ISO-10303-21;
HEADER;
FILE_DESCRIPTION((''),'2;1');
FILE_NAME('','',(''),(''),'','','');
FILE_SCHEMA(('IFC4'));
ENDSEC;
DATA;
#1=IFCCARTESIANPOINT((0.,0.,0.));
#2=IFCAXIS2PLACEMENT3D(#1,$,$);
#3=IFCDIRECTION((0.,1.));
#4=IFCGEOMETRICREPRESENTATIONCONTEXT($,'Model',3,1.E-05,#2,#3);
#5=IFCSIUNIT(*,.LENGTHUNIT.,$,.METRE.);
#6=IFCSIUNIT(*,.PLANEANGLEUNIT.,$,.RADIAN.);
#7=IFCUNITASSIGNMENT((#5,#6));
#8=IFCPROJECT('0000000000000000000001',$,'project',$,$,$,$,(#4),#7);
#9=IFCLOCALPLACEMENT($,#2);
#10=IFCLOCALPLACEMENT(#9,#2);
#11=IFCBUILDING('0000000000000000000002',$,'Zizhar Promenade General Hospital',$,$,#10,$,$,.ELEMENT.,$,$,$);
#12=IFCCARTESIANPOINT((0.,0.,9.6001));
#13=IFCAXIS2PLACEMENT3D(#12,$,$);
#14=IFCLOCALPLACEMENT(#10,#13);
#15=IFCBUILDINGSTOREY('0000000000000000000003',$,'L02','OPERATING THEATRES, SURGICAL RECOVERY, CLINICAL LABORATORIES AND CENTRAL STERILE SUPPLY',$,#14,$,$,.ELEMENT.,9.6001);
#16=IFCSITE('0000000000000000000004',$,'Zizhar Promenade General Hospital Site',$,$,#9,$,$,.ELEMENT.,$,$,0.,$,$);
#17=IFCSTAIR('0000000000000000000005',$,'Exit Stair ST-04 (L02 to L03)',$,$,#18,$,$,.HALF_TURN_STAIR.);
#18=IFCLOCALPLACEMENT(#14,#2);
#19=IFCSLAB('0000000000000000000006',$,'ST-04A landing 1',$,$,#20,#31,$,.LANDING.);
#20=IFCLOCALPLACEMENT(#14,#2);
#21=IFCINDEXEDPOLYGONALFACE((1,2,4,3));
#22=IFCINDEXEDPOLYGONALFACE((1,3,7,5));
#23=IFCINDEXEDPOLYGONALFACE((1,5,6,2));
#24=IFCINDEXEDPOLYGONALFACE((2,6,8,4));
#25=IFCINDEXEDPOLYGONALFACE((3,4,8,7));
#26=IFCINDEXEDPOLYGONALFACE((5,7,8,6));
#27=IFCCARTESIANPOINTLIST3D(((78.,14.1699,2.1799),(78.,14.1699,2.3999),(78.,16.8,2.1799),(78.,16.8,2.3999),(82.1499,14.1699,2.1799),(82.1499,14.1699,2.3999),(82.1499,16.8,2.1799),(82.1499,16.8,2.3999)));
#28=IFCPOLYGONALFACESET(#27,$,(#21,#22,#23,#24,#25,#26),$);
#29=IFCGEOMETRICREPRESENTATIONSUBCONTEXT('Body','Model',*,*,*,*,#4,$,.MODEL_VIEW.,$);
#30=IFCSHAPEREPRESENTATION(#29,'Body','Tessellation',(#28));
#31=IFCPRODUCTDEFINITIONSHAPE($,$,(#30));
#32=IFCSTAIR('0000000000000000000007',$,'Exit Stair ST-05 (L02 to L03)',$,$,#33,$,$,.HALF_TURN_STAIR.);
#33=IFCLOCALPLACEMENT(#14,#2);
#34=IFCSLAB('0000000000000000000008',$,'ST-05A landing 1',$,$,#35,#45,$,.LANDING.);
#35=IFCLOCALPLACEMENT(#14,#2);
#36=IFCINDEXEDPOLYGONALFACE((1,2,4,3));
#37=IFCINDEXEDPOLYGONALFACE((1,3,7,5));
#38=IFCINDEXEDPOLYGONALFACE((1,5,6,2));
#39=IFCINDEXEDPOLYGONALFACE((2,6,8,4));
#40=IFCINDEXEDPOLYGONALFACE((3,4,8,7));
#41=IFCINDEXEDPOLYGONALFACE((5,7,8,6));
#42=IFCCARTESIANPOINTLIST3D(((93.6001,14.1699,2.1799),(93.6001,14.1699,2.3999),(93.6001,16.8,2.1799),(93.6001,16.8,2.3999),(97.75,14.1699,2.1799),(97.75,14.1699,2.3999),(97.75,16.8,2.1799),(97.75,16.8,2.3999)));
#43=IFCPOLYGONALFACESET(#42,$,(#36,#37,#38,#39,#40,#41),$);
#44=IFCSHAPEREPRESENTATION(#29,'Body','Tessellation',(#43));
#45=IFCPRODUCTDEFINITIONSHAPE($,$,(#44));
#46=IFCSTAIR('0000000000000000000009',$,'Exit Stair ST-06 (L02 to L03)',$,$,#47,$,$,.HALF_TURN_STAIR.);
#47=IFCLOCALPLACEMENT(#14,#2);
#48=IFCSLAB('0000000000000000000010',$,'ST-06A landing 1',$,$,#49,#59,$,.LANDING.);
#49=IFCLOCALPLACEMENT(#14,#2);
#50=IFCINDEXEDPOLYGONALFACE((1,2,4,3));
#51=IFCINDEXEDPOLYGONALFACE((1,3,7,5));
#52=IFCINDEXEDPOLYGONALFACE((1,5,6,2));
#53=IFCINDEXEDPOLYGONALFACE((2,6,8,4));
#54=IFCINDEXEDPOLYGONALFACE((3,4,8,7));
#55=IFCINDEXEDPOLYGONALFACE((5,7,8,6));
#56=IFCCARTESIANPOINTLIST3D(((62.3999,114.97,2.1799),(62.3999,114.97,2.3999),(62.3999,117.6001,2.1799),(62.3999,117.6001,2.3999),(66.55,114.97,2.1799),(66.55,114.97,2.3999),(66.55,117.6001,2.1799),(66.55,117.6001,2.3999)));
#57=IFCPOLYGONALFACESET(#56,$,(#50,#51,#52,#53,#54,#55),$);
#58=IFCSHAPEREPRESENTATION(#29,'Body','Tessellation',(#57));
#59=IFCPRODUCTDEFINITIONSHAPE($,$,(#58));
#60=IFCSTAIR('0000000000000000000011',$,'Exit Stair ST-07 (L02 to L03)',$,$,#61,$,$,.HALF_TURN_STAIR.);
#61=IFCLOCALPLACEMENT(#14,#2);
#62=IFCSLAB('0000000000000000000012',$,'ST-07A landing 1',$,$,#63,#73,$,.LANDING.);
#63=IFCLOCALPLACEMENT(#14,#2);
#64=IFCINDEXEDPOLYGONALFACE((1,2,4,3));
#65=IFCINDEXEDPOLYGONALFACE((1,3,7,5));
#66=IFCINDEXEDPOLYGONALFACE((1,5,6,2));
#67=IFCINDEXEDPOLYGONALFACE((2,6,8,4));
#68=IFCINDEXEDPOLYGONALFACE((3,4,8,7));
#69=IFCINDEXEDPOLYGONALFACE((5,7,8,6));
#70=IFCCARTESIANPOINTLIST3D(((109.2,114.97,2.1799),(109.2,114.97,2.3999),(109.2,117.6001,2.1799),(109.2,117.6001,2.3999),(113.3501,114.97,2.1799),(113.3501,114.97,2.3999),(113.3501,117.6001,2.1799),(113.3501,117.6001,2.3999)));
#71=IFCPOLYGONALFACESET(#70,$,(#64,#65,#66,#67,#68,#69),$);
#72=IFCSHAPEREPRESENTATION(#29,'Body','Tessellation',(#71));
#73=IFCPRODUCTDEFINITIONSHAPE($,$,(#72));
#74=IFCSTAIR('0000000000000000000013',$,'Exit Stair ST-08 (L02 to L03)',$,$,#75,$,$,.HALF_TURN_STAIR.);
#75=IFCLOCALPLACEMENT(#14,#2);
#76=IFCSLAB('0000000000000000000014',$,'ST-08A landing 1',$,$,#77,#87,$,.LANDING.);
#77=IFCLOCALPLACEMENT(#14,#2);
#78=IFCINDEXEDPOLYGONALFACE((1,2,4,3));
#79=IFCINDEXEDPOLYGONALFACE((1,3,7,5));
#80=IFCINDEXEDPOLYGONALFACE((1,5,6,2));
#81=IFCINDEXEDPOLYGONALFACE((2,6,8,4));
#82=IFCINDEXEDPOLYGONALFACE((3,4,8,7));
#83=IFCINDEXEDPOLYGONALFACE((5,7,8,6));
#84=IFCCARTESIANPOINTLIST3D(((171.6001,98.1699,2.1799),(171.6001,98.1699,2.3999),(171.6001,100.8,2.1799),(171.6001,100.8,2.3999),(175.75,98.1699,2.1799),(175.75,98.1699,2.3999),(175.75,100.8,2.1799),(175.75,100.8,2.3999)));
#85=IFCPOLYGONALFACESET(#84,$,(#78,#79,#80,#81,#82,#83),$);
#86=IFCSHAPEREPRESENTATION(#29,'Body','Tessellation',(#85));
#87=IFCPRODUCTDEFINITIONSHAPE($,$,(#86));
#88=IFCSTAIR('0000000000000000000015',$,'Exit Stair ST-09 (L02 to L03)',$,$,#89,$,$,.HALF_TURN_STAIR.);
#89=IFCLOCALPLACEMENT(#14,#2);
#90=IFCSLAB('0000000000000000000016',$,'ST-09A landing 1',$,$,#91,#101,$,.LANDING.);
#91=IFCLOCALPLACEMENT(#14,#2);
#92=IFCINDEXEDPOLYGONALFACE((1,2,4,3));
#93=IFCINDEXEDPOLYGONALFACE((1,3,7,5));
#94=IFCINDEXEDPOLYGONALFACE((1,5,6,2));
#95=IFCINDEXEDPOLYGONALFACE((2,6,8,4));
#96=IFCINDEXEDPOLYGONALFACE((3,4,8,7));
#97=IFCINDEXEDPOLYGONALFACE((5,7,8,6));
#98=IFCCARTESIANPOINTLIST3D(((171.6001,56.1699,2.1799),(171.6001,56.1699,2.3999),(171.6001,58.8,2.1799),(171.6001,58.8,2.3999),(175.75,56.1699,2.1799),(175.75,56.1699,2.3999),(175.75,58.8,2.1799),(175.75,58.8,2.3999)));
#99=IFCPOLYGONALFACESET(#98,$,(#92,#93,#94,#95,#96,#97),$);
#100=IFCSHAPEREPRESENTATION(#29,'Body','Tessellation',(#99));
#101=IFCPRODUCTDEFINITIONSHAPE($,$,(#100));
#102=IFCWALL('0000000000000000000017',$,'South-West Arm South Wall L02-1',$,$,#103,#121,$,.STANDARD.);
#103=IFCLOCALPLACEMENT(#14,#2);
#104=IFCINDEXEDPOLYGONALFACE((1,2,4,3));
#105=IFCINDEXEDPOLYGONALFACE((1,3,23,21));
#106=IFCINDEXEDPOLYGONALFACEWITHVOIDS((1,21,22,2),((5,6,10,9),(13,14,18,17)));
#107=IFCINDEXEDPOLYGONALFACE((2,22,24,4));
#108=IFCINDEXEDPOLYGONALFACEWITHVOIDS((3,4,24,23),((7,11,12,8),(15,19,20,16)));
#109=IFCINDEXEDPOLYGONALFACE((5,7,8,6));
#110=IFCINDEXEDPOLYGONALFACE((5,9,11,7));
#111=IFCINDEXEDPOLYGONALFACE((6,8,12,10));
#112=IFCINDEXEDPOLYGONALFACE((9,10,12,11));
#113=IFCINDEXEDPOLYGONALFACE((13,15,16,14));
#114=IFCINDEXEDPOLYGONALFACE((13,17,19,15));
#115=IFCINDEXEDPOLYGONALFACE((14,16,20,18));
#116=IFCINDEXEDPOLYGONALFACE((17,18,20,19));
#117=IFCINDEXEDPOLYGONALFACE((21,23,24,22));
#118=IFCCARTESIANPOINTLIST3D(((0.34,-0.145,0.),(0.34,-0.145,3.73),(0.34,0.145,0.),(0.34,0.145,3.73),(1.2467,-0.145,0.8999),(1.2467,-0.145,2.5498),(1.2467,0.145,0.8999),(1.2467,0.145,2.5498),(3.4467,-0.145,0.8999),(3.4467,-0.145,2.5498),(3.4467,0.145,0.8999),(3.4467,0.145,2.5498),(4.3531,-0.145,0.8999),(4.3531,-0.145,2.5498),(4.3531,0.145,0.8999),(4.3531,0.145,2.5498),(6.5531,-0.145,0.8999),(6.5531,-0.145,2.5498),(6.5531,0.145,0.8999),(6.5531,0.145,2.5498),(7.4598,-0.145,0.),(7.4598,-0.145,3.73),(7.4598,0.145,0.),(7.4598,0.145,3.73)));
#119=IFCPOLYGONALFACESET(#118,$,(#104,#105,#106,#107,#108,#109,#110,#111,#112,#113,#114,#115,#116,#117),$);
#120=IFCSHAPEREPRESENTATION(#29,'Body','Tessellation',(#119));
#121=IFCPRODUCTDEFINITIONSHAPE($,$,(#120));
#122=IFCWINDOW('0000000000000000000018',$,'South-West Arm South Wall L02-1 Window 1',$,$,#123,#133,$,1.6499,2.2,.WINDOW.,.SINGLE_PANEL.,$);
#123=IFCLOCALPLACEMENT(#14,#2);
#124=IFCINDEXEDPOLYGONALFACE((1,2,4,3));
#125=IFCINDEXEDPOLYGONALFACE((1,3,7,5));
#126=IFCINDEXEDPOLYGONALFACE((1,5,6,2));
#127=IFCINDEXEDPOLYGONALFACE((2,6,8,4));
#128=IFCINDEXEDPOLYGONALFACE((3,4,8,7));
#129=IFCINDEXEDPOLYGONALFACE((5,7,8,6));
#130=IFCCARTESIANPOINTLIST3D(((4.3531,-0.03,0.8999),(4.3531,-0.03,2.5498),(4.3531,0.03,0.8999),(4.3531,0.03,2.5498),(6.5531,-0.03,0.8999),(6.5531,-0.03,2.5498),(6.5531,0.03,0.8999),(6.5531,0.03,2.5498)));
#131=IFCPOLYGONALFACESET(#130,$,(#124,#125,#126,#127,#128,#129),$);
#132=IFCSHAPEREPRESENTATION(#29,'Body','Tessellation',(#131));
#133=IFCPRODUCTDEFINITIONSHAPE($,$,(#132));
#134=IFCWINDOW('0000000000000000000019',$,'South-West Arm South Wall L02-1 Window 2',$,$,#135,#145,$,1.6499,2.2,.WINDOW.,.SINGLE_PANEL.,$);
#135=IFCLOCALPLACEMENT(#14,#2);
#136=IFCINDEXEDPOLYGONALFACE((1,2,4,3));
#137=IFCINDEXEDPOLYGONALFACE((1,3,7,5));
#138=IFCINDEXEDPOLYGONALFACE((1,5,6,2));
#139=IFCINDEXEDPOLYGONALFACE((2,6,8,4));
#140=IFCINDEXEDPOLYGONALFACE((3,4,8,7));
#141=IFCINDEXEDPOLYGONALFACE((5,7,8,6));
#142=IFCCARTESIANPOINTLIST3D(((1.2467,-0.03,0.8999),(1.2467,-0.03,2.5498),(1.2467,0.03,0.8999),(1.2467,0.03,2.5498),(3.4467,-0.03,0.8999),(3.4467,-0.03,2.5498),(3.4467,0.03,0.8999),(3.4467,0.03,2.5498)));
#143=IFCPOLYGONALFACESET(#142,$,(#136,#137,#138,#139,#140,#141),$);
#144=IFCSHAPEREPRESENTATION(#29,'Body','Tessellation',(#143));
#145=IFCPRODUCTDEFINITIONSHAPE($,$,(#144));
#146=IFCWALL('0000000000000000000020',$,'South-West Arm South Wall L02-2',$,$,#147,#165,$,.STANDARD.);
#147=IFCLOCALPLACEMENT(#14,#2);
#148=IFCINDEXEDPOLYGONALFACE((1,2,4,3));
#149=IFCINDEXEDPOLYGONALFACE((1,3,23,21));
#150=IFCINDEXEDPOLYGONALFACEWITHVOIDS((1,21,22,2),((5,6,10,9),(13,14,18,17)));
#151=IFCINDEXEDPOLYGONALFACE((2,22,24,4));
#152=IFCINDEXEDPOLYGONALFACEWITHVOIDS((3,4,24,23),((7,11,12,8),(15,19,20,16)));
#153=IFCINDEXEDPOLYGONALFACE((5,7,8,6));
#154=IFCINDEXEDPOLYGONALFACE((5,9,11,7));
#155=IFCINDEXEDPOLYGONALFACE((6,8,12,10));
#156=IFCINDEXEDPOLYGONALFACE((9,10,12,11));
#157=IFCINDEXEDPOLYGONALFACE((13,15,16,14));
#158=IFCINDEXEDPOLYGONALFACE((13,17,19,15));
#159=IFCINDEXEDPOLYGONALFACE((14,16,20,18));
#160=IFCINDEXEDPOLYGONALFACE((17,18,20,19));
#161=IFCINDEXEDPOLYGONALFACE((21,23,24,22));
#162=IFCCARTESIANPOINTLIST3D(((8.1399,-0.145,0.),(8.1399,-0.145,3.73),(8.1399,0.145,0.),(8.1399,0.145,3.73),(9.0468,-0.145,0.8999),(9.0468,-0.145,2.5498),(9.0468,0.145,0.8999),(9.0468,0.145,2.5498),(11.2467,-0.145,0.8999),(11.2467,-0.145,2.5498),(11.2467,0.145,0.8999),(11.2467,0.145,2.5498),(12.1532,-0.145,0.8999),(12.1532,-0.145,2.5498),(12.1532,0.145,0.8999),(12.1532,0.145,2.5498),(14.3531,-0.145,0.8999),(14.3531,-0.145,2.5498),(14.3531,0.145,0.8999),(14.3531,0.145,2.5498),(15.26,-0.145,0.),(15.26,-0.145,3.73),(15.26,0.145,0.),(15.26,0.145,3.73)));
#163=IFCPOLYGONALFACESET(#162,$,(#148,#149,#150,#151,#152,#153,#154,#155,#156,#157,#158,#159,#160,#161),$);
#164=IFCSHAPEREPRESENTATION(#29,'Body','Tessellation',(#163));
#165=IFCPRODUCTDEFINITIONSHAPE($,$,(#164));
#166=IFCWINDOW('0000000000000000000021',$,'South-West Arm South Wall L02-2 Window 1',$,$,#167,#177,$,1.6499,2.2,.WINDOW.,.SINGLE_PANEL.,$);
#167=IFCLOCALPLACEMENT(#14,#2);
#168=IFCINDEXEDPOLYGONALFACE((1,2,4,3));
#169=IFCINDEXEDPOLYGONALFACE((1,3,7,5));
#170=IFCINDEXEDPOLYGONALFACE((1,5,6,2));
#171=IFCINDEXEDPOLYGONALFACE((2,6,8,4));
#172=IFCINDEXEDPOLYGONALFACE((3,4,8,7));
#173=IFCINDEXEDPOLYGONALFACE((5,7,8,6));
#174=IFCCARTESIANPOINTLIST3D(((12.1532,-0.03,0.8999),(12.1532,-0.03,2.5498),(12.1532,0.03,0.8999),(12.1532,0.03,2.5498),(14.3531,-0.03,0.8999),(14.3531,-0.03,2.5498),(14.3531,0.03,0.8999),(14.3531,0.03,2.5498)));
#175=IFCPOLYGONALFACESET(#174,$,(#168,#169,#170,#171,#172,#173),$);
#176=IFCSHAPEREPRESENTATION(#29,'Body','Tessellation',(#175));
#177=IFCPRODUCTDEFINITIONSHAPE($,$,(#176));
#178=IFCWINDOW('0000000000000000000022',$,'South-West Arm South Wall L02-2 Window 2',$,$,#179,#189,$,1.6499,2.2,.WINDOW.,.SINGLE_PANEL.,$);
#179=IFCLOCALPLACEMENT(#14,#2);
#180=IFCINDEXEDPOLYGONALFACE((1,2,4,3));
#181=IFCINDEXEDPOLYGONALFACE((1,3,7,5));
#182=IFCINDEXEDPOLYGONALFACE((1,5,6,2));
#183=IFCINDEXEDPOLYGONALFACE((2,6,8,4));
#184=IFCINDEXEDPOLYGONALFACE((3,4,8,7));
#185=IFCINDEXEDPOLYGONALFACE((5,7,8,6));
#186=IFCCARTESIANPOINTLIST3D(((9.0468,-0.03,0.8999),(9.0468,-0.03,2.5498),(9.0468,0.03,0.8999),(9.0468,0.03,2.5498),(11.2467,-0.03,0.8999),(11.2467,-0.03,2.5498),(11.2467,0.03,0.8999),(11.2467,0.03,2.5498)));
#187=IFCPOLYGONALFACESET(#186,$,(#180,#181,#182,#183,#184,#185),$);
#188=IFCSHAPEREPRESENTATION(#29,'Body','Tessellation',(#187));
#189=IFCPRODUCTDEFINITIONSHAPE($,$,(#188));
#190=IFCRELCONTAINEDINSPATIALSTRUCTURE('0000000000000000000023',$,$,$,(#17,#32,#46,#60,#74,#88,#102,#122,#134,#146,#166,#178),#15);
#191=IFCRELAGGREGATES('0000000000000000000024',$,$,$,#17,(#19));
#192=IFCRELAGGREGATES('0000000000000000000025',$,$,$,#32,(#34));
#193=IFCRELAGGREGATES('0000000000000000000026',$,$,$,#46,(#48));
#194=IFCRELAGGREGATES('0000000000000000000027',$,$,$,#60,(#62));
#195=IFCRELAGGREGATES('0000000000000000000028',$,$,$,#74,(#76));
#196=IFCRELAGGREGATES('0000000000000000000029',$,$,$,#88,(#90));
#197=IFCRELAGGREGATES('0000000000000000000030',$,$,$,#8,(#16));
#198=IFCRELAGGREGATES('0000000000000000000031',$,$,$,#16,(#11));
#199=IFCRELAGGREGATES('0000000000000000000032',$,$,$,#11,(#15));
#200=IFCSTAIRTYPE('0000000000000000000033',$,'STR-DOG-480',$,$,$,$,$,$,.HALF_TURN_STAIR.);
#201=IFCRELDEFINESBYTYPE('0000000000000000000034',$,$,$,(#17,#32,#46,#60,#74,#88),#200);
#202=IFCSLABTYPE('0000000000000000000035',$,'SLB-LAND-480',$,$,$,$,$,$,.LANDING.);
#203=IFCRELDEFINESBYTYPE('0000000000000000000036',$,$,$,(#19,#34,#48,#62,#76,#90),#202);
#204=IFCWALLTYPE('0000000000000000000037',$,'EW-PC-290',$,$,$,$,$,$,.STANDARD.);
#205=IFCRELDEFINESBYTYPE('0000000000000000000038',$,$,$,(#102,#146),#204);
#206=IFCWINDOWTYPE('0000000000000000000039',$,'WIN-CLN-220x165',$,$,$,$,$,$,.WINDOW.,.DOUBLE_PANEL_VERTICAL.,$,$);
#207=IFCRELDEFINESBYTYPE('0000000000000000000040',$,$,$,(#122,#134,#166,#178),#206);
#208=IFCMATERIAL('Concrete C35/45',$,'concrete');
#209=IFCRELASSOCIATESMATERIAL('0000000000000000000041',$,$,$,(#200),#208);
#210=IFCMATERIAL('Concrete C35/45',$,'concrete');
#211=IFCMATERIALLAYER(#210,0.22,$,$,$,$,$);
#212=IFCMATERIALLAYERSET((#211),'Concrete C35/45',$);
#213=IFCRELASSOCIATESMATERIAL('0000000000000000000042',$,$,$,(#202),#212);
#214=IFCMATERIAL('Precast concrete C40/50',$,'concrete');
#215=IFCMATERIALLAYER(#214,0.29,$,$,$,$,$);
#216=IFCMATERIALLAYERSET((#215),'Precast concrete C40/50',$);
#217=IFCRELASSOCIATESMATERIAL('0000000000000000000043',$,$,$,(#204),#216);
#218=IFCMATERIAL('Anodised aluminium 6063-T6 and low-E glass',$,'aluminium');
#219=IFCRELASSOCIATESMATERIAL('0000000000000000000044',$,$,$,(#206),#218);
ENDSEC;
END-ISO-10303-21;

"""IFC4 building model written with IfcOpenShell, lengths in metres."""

from ifc_helpers import new_model, si_unit, direction, frame, frame_2d, origin, place, context, subcontext, project, spatial, polyline, rectangle, outline, extrude, material, layer, layer_set, type_object, element, fill, aggregate, save


model = new_model("IFC4")

# Units and contexts
model_context = context("Model", 3, precision=1e-05, world=origin(), true_north=direction((0.0, 1.0)))
body_context = subcontext(model_context, "Body", "Model", "MODEL_VIEW")
ifc_project = project(units=[si_unit("LENGTHUNIT", "METRE"), si_unit("PLANEANGLEUNIT", "RADIAN")], contexts=[model_context])

# Site, building, storey
site_placement = place(None, origin())
site = spatial("IfcSite", under=ifc_project, at=site_placement, Name="Zizhar Promenade General Hospital Site", CompositionType="ELEMENT", RefElevation=0.0)
building_placement = place(site_placement, origin())
building = spatial("IfcBuilding", under=site, at=building_placement, Name="Zizhar Promenade General Hospital", CompositionType="ELEMENT")
storey_placement = place(building_placement, frame((0.0, 0.0, 9.6001)))
storey = spatial("IfcBuildingStorey", under=building, at=storey_placement, Name="L02", Description="OPERATING THEATRES, SURGICAL RECOVERY, CLINICAL LABORATORIES AND CENTRAL STERILE SUPPLY", CompositionType="ELEMENT", Elevation=9.6001)

# Stairs, slabs
ifc_material_1 = material(Name="Concrete C35/45", Category="concrete")
stair_type = type_object("IfcStairType", Name="STR-DOG-480", PredefinedType="HALF_TURN_STAIR", material=ifc_material_1)
ifc_material_2 = material(Name="Concrete C35/45", Category="concrete")
ifc_layer_1 = layer(ifc_material_2, 0.22)
ifc_layer_set_1 = layer_set([ifc_layer_1], Name="Concrete C35/45")
slab_type = type_object("IfcSlabType", Name="SLB-LAND-480", PredefinedType="LANDING", material=ifc_layer_set_1)
stair_1_placement = place(storey_placement, origin())
stair_1 = element("IfcStair", 1, at=stair_1_placement, inside=storey, type_object=stair_type, Name="Exit Stair ST-04 (L02 to L03)", PredefinedType="HALF_TURN_STAIR")
slab_1_placement = place(storey_placement, frame((0.0, 0.0, 2.1799)))
slab_1 = element("IfcSlab", 2, at=slab_1_placement, type_object=slab_type, Name="ST-04A landing 1", PredefinedType="LANDING", context=body_context, shape_type="SweptSolid", body=[
    extrude(outline(polyline([(78.0, 14.1699), (82.1499, 14.1699), (82.1499, 16.8), (78.0, 16.8), (78.0, 14.1699)])), origin(), (0.0, 0.0, 1.0), 0.22),
])
aggregate(stair_1, [slab_1])
stair_2_placement = place(storey_placement, origin())
stair_2 = element("IfcStair", 3, at=stair_2_placement, inside=storey, type_object=stair_type, Name="Exit Stair ST-05 (L02 to L03)", PredefinedType="HALF_TURN_STAIR")
slab_2_placement = place(storey_placement, frame((0.0, 0.0, 2.1799)))
slab_2 = element("IfcSlab", 4, at=slab_2_placement, type_object=slab_type, Name="ST-05A landing 1", PredefinedType="LANDING", context=body_context, shape_type="SweptSolid", body=[
    extrude(outline(polyline([(93.6001, 14.1699), (97.75, 14.1699), (97.75, 16.8), (93.6001, 16.8), (93.6001, 14.1699)])), origin(), (0.0, 0.0, 1.0), 0.22),
])
aggregate(stair_2, [slab_2])
stair_3_placement = place(storey_placement, origin())
stair_3 = element("IfcStair", 5, at=stair_3_placement, inside=storey, type_object=stair_type, Name="Exit Stair ST-06 (L02 to L03)", PredefinedType="HALF_TURN_STAIR")
slab_3_placement = place(storey_placement, frame((0.0, 0.0, 2.1799)))
slab_3 = element("IfcSlab", 6, at=slab_3_placement, type_object=slab_type, Name="ST-06A landing 1", PredefinedType="LANDING", context=body_context, shape_type="SweptSolid", body=[
    extrude(outline(polyline([(62.3999, 114.97), (66.55, 114.97), (66.55, 117.6001), (62.3999, 117.6001), (62.3999, 114.97)])), origin(), (0.0, 0.0, 1.0), 0.22),
])
aggregate(stair_3, [slab_3])
stair_4_placement = place(storey_placement, origin())
stair_4 = element("IfcStair", 7, at=stair_4_placement, inside=storey, type_object=stair_type, Name="Exit Stair ST-07 (L02 to L03)", PredefinedType="HALF_TURN_STAIR")
slab_4_placement = place(storey_placement, frame((0.0, 0.0, 2.1799)))
slab_4 = element("IfcSlab", 8, at=slab_4_placement, type_object=slab_type, Name="ST-07A landing 1", PredefinedType="LANDING", context=body_context, shape_type="SweptSolid", body=[
    extrude(outline(polyline([(109.2, 114.97), (113.3501, 114.97), (113.3501, 117.6001), (109.2, 117.6001), (109.2, 114.97)])), origin(), (0.0, 0.0, 1.0), 0.22),
])
aggregate(stair_4, [slab_4])
stair_5_placement = place(storey_placement, origin())
stair_5 = element("IfcStair", 9, at=stair_5_placement, inside=storey, type_object=stair_type, Name="Exit Stair ST-08 (L02 to L03)", PredefinedType="HALF_TURN_STAIR")
slab_5_placement = place(storey_placement, frame((0.0, 0.0, 2.1799)))
slab_5 = element("IfcSlab", 10, at=slab_5_placement, type_object=slab_type, Name="ST-08A landing 1", PredefinedType="LANDING", context=body_context, shape_type="SweptSolid", body=[
    extrude(outline(polyline([(171.6001, 98.1699), (175.75, 98.1699), (175.75, 100.8), (171.6001, 100.8), (171.6001, 98.1699)])), origin(), (0.0, 0.0, 1.0), 0.22),
])
aggregate(stair_5, [slab_5])
stair_6_placement = place(storey_placement, origin())
stair_6 = element("IfcStair", 11, at=stair_6_placement, inside=storey, type_object=stair_type, Name="Exit Stair ST-09 (L02 to L03)", PredefinedType="HALF_TURN_STAIR")
slab_6_placement = place(storey_placement, frame((0.0, 0.0, 2.1799)))
slab_6 = element("IfcSlab", 12, at=slab_6_placement, type_object=slab_type, Name="ST-09A landing 1", PredefinedType="LANDING", context=body_context, shape_type="SweptSolid", body=[
    extrude(outline(polyline([(171.6001, 56.1699), (175.75, 56.1699), (175.75, 58.8), (171.6001, 58.8), (171.6001, 56.1699)])), origin(), (0.0, 0.0, 1.0), 0.22),
])
aggregate(stair_6, [slab_6])

# Walls, openings, windows
ifc_material_3 = material(Name="Precast concrete C40/50", Category="concrete")
ifc_layer_2 = layer(ifc_material_3, 0.29)
ifc_layer_set_2 = layer_set([ifc_layer_2], Name="Precast concrete C40/50")
wall_type = type_object("IfcWallType", Name="EW-PC-290", PredefinedType="STANDARD", material=ifc_layer_set_2)
wall_1_placement = place(storey_placement, frame((7.46, 0.0, 0.0), z_axis=(0.0, 0.0, 1.0), x_axis=(-1.0, 0.0, 0.0)))
wall_1 = element("IfcWall", 13, at=wall_1_placement, inside=storey, type_object=wall_type, Name="South-West Arm South Wall L02-1", PredefinedType="STANDARD", context=body_context, shape_type="SweptSolid", body=[
    extrude(rectangle(XDim=7.1199, YDim=0.29, at=frame_2d((3.5601, 0.0))), origin(), (0.0, 0.0, 1.0), 3.73),
])
opening_1_placement = place(wall_1_placement, frame((0.9067, 0.0, 0.8999)))
opening_1 = element("IfcOpeningElement", 14, at=opening_1_placement, cuts=wall_1, PredefinedType="OPENING", context=body_context, shape_type="SweptSolid", body=[
    extrude(rectangle(XDim=2.2, YDim=1.6499, at=frame_2d((1.1001, 0.825))), frame((0.0, 0.155, 0.0), z_axis=(0.0, -1.0, 0.0), x_axis=(1.0, 0.0, 0.0)), (0.0, 0.0, 1.0), 0.3101),
])
opening_2_placement = place(wall_1_placement, frame((4.0132, 0.0, 0.8999)))
opening_2 = element("IfcOpeningElement", 15, at=opening_2_placement, cuts=wall_1, PredefinedType="OPENING", context=body_context, shape_type="SweptSolid", body=[
    extrude(rectangle(XDim=2.2, YDim=1.6499, at=frame_2d((1.1001, 0.825))), frame((0.0, 0.155, 0.0), z_axis=(0.0, -1.0, 0.0), x_axis=(1.0, 0.0, 0.0)), (0.0, 0.0, 1.0), 0.3101),
])
ifc_material_4 = material(Name="Anodised aluminium 6063-T6 and low-E glass", Category="aluminium")
window_type_1 = type_object("IfcWindowType", Name="WIN-CLN-220x165", PartitioningType="DOUBLE_PANEL_VERTICAL", PredefinedType="WINDOW", material=ifc_material_4)
window_1_placement = place(opening_1_placement, origin())
window_1 = element("IfcWindow", 16, at=window_1_placement, inside=storey, type_object=window_type_1, Name="South-West Arm South Wall L02-1 Window 1", OverallHeight=1.6499, OverallWidth=2.2, PartitioningType="SINGLE_PANEL", PredefinedType="WINDOW", context=body_context, shape_type="SweptSolid", body=[
    extrude(rectangle(XDim=2.2, YDim=1.6499, at=frame_2d((1.1001, 0.825))), frame((0.0, 0.03, 0.0), z_axis=(0.0, -1.0, 0.0), x_axis=(1.0, 0.0, 0.0)), (0.0, 0.0, 1.0), 0.0601),
])
fill(opening_1, window_1)
window_2_placement = place(opening_2_placement, origin())
window_2 = element("IfcWindow", 17, at=window_2_placement, inside=storey, type_object=window_type_1, Name="South-West Arm South Wall L02-1 Window 2", OverallHeight=1.6499, OverallWidth=2.2, PartitioningType="SINGLE_PANEL", PredefinedType="WINDOW", context=body_context, shape_type="SweptSolid", body=[
    extrude(rectangle(XDim=2.2, YDim=1.6499, at=frame_2d((1.1001, 0.825))), frame((0.0, 0.03, 0.0), z_axis=(0.0, -1.0, 0.0), x_axis=(1.0, 0.0, 0.0)), (0.0, 0.0, 1.0), 0.0601),
])
fill(opening_2, window_2)
wall_2_placement = place(storey_placement, frame((15.26, 0.0, 0.0), z_axis=(0.0, 0.0, 1.0), x_axis=(-1.0, 0.0, 0.0)))
wall_2 = element("IfcWall", 18, at=wall_2_placement, inside=storey, type_object=wall_type, Name="South-West Arm South Wall L02-2", PredefinedType="STANDARD", context=body_context, shape_type="SweptSolid", body=[
    extrude(rectangle(XDim=7.1201, YDim=0.29, at=frame_2d((3.5601, 0.0))), origin(), (0.0, 0.0, 1.0), 3.73),
])
opening_3_placement = place(wall_2_placement, frame((0.9067, 0.0, 0.8999)))
opening_3 = element("IfcOpeningElement", 19, at=opening_3_placement, cuts=wall_2, PredefinedType="OPENING", context=body_context, shape_type="SweptSolid", body=[
    extrude(rectangle(XDim=2.2, YDim=1.6499, at=frame_2d((1.1001, 0.825))), frame((0.0, 0.155, 0.0), z_axis=(0.0, -1.0, 0.0), x_axis=(1.0, 0.0, 0.0)), (0.0, 0.0, 1.0), 0.3101),
])
opening_4_placement = place(wall_2_placement, frame((4.0132, 0.0, 0.8999)))
opening_4 = element("IfcOpeningElement", 20, at=opening_4_placement, cuts=wall_2, PredefinedType="OPENING", context=body_context, shape_type="SweptSolid", body=[
    extrude(rectangle(XDim=2.2, YDim=1.6499, at=frame_2d((1.1001, 0.825))), frame((0.0, 0.155, 0.0), z_axis=(0.0, -1.0, 0.0), x_axis=(1.0, 0.0, 0.0)), (0.0, 0.0, 1.0), 0.3101),
])
window_3_placement = place(opening_3_placement, origin())
window_3 = element("IfcWindow", 21, at=window_3_placement, inside=storey, type_object=window_type_1, Name="South-West Arm South Wall L02-2 Window 1", OverallHeight=1.6499, OverallWidth=2.2, PartitioningType="SINGLE_PANEL", PredefinedType="WINDOW", context=body_context, shape_type="SweptSolid", body=[
    extrude(rectangle(XDim=2.2, YDim=1.6499, at=frame_2d((1.1001, 0.825))), frame((0.0, 0.03, 0.0), z_axis=(0.0, -1.0, 0.0), x_axis=(1.0, 0.0, 0.0)), (0.0, 0.0, 1.0), 0.0601),
])
fill(opening_3, window_3)
window_4_placement = place(opening_4_placement, origin())
window_4 = element("IfcWindow", 22, at=window_4_placement, inside=storey, type_object=window_type_1, Name="South-West Arm South Wall L02-2 Window 2", OverallHeight=1.6499, OverallWidth=2.2, PartitioningType="SINGLE_PANEL", PredefinedType="WINDOW", context=body_context, shape_type="SweptSolid", body=[
    extrude(rectangle(XDim=2.2, YDim=1.6499, at=frame_2d((1.1001, 0.825))), frame((0.0, 0.03, 0.0), z_axis=(0.0, -1.0, 0.0), x_axis=(1.0, 0.0, 0.0)), (0.0, 0.0, 1.0), 0.0601),
])
fill(opening_4, window_4)

save(model, "model.ifc")
